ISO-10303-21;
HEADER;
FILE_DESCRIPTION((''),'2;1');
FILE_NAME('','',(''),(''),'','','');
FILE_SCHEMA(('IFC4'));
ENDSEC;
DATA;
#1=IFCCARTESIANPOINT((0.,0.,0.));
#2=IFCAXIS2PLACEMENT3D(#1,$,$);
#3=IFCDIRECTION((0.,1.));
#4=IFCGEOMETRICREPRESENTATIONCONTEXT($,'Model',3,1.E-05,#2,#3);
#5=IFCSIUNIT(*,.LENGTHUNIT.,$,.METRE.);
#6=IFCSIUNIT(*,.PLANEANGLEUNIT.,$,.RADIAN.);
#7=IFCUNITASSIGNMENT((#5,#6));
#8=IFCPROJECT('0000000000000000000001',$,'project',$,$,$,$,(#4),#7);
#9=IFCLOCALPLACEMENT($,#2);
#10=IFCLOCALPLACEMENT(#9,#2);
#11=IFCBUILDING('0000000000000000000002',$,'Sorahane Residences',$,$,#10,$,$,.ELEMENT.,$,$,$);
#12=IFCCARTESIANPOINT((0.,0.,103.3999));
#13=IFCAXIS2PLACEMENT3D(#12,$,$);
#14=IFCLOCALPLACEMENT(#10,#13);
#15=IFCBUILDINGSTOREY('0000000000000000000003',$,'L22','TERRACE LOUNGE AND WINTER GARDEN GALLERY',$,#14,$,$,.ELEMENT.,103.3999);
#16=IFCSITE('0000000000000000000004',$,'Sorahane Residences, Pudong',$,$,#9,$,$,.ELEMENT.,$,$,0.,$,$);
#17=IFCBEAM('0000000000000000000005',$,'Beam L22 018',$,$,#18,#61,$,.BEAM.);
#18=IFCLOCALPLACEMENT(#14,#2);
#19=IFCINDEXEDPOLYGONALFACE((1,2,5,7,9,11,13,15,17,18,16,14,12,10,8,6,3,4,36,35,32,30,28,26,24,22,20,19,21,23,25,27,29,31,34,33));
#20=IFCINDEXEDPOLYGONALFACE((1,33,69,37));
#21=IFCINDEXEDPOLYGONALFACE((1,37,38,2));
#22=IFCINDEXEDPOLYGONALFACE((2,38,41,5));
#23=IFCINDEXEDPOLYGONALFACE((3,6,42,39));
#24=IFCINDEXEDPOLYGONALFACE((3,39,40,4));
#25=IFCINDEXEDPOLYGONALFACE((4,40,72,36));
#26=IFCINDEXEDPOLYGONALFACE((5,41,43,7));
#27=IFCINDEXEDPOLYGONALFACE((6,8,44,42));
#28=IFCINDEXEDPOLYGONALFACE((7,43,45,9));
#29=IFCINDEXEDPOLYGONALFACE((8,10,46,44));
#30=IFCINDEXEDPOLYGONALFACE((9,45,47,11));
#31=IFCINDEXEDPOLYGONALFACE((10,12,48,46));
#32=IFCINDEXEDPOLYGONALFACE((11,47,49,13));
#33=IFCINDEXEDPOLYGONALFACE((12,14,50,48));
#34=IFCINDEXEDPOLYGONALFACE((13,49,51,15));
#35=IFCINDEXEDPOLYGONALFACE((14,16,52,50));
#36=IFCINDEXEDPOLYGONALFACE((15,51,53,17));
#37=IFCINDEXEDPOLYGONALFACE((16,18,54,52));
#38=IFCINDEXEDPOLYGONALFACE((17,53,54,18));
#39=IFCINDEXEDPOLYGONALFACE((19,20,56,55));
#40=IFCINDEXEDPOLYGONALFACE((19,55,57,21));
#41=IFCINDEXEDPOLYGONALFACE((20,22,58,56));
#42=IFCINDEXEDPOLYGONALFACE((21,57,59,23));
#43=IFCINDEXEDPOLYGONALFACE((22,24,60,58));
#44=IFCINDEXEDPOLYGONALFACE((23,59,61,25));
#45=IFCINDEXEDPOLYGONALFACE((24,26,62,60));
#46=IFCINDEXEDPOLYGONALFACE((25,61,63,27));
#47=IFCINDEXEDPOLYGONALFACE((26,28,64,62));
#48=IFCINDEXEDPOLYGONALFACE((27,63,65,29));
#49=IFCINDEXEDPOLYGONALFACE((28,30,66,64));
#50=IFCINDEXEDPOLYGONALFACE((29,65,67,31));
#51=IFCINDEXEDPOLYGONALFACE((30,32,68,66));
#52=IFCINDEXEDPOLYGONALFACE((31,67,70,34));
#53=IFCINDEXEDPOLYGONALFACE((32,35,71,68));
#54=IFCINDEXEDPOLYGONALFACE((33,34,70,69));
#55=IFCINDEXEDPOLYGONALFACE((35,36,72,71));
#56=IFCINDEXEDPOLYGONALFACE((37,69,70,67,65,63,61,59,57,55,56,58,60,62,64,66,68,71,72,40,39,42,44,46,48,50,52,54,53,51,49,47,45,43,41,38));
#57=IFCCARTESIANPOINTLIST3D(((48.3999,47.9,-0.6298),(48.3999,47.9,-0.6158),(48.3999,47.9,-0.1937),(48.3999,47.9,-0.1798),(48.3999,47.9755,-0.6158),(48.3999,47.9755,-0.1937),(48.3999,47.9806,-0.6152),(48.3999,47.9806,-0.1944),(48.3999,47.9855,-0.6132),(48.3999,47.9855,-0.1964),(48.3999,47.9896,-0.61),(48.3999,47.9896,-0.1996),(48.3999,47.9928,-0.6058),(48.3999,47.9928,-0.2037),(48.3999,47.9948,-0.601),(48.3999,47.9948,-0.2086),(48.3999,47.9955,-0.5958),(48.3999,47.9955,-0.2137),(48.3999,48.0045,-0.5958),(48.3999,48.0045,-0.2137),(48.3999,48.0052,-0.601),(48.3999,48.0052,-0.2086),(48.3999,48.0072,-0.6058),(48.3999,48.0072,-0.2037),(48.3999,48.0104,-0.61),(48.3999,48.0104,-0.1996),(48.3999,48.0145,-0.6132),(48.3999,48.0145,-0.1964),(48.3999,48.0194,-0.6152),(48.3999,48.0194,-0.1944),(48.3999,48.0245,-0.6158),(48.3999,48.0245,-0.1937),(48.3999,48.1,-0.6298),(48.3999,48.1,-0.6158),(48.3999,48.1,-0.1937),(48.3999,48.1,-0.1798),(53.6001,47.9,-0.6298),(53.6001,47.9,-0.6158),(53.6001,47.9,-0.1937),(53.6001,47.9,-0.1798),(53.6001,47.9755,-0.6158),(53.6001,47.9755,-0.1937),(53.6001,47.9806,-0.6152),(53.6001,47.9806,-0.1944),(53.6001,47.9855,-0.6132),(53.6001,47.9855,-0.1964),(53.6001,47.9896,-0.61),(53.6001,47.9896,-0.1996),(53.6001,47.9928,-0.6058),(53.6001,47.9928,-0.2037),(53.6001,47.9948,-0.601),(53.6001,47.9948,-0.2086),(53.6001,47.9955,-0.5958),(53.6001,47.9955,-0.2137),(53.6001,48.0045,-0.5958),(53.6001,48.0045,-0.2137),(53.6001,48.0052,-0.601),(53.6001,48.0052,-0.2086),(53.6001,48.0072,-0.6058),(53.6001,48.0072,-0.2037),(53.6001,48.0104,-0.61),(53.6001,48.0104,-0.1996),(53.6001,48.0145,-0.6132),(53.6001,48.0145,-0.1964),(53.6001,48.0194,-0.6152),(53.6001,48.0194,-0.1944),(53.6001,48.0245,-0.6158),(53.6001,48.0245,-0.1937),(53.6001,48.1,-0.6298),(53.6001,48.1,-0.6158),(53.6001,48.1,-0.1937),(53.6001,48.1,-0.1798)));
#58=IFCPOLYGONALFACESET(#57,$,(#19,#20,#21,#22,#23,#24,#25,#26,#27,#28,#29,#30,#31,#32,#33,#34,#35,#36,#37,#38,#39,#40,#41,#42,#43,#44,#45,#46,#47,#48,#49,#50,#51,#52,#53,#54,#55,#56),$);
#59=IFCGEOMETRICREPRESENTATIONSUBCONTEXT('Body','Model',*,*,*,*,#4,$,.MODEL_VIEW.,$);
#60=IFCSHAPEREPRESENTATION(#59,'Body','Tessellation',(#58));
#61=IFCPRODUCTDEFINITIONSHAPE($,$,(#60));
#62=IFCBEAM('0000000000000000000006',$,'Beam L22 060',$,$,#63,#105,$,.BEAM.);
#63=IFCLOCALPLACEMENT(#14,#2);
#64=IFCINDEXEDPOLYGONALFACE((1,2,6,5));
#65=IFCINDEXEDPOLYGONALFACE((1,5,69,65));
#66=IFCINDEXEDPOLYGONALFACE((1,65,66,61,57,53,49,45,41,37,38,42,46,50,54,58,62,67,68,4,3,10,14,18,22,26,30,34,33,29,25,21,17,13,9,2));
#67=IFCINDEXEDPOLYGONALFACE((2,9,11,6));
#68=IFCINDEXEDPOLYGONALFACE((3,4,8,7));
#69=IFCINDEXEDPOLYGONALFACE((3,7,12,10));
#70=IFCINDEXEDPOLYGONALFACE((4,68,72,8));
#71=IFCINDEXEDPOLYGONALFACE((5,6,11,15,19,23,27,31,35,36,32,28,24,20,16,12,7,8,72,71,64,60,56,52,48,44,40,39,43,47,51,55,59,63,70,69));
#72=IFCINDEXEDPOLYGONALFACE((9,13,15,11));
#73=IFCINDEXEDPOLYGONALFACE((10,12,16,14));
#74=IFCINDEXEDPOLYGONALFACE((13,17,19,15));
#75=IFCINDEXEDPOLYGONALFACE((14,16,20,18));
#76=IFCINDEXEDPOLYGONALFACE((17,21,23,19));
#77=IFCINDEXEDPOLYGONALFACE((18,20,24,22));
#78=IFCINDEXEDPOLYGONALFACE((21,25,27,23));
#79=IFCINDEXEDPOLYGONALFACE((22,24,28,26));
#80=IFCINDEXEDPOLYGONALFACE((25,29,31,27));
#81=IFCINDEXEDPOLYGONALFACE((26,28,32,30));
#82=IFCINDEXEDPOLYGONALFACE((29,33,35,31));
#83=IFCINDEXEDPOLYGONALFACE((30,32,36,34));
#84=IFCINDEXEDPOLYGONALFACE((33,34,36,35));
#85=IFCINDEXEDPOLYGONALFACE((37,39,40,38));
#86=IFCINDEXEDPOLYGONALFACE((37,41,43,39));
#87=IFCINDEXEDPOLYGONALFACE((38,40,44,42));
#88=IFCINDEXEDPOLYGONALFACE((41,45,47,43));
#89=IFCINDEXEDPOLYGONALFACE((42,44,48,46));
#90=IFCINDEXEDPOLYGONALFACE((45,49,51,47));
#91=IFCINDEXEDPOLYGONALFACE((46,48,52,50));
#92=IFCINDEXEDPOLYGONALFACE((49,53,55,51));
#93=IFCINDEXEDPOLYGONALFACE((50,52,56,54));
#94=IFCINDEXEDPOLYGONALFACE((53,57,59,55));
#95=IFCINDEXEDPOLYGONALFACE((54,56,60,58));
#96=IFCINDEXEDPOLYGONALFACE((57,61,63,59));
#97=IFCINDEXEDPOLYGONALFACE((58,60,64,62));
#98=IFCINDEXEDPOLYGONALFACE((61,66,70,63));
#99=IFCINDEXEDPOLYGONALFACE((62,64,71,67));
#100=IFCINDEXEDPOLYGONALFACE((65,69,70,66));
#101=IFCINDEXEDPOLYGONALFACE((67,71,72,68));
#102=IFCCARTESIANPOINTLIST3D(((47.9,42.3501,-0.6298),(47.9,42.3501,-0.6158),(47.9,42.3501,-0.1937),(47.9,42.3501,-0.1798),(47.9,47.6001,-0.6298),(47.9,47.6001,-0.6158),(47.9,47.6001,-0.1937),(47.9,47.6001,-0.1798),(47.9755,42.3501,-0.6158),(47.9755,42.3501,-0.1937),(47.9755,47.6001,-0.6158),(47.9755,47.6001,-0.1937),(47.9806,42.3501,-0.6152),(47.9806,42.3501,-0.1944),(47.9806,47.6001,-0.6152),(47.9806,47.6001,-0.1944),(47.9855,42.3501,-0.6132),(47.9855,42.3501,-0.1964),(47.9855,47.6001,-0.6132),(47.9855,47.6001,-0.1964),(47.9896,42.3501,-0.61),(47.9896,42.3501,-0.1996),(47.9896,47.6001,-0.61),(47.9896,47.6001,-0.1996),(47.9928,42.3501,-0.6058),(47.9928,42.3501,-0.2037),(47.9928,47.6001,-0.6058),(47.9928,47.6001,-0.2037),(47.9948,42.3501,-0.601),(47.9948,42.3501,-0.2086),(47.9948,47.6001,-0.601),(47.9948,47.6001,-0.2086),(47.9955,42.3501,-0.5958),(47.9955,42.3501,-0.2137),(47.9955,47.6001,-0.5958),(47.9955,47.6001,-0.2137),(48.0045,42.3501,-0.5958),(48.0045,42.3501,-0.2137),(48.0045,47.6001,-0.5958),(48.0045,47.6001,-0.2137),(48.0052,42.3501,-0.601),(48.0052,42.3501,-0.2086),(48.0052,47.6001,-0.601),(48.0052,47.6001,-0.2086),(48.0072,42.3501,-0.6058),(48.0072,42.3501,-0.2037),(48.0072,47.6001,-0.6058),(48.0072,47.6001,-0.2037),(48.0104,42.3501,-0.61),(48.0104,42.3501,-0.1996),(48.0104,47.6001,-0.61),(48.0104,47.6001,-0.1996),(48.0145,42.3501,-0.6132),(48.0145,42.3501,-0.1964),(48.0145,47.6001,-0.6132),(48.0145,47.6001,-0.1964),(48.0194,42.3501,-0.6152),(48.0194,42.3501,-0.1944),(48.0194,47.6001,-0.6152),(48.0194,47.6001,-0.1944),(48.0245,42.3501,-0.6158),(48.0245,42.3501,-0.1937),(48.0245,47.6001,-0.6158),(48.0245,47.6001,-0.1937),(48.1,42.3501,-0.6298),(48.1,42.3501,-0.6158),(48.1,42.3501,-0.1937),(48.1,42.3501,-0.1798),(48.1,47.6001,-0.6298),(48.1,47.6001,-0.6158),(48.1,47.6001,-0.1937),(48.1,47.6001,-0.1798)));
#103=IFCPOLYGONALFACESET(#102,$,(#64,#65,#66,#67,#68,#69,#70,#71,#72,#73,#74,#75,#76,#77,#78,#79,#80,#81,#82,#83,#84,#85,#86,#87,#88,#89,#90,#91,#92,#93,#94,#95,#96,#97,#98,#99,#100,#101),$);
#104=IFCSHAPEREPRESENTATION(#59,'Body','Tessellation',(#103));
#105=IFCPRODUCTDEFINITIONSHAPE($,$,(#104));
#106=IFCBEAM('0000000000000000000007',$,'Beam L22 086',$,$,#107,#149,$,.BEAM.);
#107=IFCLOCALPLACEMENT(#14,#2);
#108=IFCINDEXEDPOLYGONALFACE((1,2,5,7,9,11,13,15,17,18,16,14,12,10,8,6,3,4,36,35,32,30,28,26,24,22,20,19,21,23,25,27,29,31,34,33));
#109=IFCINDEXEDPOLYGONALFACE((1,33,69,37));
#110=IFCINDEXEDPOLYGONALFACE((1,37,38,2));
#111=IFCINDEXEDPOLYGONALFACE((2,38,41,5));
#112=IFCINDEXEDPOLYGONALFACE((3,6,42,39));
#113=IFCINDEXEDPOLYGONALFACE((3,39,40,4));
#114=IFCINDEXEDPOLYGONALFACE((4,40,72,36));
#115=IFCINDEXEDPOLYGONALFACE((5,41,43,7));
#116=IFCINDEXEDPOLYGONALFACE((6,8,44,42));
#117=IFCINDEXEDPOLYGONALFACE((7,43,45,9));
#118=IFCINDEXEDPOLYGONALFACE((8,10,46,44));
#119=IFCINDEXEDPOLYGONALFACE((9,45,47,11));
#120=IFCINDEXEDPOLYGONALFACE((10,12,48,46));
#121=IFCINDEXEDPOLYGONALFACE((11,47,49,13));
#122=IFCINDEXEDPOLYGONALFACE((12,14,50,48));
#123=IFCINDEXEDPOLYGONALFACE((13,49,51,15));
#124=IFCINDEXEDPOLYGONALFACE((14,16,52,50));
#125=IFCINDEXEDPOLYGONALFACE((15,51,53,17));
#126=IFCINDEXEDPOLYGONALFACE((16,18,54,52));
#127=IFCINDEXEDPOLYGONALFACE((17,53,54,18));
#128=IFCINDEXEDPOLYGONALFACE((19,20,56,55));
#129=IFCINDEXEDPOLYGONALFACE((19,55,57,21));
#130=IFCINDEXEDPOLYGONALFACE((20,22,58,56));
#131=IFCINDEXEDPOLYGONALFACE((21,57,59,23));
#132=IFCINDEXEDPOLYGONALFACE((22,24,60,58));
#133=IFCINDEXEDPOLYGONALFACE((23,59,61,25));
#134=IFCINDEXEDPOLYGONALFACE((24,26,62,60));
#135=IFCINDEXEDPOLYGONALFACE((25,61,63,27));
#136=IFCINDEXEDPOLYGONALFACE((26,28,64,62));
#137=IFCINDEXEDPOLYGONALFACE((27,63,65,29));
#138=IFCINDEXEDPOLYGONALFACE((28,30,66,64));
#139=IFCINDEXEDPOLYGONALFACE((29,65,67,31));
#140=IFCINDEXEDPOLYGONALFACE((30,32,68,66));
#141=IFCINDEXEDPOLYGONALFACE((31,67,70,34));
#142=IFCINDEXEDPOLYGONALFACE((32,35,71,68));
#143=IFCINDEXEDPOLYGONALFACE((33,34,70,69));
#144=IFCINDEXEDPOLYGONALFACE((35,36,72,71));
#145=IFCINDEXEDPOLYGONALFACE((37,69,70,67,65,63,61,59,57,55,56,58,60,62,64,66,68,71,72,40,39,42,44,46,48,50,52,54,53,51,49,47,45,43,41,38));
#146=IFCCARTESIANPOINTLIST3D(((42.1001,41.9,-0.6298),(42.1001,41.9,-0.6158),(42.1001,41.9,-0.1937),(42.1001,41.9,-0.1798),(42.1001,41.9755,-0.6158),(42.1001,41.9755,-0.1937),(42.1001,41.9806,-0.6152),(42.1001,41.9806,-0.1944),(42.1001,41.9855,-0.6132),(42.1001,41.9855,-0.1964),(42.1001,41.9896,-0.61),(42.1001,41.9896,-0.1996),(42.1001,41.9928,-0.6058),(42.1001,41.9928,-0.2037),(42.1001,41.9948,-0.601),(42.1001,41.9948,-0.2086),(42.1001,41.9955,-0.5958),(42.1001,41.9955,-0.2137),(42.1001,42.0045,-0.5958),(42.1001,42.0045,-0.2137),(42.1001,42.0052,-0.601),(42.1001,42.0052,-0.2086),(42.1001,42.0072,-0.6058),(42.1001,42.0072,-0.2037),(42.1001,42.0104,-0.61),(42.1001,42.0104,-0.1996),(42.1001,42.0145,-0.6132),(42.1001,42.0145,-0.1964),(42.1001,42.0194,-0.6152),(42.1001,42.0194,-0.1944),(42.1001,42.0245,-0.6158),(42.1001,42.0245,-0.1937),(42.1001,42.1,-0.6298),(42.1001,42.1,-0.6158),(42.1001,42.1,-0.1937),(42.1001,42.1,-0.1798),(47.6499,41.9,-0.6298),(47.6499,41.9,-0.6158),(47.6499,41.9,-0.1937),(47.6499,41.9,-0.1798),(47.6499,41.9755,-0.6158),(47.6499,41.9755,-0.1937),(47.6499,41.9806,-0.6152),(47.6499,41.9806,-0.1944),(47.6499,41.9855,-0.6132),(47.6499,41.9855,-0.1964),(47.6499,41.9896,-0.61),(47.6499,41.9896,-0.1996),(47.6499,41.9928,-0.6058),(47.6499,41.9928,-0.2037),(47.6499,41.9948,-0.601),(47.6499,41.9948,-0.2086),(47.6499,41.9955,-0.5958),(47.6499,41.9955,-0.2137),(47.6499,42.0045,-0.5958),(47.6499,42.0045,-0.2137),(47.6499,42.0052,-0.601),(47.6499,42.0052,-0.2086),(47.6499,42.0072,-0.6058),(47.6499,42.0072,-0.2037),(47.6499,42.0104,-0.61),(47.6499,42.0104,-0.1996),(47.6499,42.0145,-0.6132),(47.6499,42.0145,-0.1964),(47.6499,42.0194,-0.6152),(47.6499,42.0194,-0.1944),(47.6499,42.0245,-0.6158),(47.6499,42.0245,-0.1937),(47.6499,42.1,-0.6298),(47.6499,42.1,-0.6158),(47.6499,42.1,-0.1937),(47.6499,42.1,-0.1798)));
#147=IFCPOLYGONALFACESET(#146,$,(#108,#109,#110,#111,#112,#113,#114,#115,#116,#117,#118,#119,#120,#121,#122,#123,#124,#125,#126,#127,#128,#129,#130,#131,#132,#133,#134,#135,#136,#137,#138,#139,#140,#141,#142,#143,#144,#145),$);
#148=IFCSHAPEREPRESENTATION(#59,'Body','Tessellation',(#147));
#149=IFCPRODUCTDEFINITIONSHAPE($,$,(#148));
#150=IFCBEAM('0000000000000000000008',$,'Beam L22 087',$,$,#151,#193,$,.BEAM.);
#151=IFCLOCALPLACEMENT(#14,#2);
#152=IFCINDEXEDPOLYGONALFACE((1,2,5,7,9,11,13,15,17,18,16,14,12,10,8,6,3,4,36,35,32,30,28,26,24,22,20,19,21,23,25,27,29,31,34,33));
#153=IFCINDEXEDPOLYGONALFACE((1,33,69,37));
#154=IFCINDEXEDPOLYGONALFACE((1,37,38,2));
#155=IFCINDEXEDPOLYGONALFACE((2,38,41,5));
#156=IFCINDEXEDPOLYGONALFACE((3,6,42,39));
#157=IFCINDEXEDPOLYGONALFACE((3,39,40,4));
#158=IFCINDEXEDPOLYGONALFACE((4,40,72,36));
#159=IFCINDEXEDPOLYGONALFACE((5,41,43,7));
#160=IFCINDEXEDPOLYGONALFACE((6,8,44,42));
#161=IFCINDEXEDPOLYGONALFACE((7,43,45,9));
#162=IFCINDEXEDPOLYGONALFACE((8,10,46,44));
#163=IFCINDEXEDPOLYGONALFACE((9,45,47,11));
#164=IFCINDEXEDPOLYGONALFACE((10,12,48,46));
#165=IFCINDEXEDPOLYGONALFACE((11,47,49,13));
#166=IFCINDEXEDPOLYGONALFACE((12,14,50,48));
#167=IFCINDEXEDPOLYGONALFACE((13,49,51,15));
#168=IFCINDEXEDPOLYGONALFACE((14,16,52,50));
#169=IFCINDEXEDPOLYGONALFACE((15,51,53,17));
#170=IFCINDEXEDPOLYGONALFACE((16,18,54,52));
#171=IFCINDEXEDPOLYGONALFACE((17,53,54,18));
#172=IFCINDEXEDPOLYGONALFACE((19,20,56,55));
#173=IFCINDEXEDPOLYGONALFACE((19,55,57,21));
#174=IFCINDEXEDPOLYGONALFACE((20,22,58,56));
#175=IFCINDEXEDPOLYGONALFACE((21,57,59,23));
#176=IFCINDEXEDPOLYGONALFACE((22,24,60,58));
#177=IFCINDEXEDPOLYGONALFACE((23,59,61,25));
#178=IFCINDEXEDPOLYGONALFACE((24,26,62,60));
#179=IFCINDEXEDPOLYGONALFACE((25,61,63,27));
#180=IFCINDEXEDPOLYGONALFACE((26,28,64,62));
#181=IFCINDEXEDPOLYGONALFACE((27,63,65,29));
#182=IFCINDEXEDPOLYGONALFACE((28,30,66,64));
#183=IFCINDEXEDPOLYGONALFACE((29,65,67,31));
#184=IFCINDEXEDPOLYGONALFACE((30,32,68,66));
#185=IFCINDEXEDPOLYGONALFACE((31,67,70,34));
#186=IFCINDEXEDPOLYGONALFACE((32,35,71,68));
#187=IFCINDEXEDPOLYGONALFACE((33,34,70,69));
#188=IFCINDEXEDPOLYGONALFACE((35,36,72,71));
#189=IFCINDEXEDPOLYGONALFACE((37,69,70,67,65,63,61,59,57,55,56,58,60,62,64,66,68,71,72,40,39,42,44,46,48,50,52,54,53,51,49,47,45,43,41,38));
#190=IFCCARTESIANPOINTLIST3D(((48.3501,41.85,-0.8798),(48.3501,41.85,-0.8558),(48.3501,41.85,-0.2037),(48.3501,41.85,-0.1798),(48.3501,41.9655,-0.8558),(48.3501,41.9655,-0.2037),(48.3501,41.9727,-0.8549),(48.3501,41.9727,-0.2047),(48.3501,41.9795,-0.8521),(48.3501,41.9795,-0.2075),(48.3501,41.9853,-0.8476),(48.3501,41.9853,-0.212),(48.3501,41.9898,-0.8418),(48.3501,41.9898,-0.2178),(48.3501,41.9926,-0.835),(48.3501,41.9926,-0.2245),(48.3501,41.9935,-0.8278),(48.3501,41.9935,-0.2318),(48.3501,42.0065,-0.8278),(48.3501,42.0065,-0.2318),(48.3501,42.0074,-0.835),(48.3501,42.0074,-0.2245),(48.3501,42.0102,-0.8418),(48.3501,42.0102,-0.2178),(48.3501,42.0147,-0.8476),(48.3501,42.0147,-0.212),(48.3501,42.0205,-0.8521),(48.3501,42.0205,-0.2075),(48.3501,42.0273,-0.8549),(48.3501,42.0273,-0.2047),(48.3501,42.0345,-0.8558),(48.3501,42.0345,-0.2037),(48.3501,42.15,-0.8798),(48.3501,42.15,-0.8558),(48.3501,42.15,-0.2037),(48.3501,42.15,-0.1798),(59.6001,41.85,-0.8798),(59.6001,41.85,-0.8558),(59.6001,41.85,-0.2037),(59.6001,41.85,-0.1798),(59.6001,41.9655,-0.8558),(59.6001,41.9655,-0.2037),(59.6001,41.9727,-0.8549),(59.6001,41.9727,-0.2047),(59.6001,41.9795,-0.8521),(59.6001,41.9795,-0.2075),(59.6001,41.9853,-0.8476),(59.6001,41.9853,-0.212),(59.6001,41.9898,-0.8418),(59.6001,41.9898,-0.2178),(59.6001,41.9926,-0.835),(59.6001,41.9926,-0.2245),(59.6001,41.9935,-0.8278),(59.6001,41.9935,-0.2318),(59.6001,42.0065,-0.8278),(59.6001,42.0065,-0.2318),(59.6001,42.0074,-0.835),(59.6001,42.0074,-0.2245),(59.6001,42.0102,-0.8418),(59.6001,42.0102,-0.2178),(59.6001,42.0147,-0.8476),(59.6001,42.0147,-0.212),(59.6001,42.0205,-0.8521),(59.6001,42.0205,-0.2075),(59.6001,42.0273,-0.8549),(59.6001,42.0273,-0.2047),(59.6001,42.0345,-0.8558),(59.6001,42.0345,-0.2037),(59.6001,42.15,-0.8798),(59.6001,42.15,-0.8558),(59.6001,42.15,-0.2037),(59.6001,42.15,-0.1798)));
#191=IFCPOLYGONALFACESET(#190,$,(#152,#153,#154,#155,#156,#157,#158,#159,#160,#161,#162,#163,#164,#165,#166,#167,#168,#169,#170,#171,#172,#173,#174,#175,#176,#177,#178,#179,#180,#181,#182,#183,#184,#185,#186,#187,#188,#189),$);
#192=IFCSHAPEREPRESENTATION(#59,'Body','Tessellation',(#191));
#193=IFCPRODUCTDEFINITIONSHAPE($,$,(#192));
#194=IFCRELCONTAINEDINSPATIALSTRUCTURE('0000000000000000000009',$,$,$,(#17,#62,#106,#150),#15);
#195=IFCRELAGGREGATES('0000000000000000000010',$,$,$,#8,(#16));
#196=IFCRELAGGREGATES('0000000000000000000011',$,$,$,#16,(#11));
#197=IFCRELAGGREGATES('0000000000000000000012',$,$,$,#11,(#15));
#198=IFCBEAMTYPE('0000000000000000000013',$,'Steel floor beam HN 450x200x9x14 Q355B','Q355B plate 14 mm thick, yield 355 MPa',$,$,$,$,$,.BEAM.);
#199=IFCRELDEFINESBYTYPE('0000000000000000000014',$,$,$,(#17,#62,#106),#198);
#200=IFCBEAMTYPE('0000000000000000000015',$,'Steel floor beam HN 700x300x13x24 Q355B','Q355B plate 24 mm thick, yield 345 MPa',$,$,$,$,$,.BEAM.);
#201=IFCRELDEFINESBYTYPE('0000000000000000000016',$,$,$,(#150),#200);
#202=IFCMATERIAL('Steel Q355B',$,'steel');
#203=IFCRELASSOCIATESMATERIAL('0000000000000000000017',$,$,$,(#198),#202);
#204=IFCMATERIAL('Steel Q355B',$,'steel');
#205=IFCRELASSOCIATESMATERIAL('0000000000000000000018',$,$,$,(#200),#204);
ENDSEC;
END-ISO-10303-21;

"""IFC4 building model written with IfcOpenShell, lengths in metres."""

from ifc_helpers import new_model, si_unit, direction, frame, origin, origin_2d, place, context, subcontext, project, spatial, i_section, extrude, material, material_profile, profile_set, type_object, element, save


model = new_model("IFC4")

# Units and contexts
model_context = context("Model", 3, precision=1e-05, world=origin(), true_north=direction((0.0, 1.0)))
body_context = subcontext(model_context, "Body", "Model", "MODEL_VIEW")
ifc_project = project(units=[si_unit("LENGTHUNIT", "METRE"), si_unit("PLANEANGLEUNIT", "RADIAN")], contexts=[model_context])

# Site, building, storey
site_placement = place(None, origin())
site = spatial("IfcSite", under=ifc_project, at=site_placement, Name="Sorahane Residences, Pudong", CompositionType="ELEMENT", RefElevation=0.0)
building_placement = place(site_placement, origin())
building = spatial("IfcBuilding", under=site, at=building_placement, Name="Sorahane Residences", CompositionType="ELEMENT")
storey_placement = place(building_placement, frame((0.0, 0.0, 103.3999)))
storey = spatial("IfcBuildingStorey", under=building, at=storey_placement, Name="L22", Description="TERRACE LOUNGE AND WINTER GARDEN GALLERY", CompositionType="ELEMENT", Elevation=103.3999)

# Beams
ifc_material_1 = material(Name="Steel Q355B", Category="steel")
ifc_material_profile_1 = material_profile(ifc_material_1, i_section(OverallWidth=0.2, OverallDepth=0.45, WebThickness=0.009, FlangeThickness=0.0139, FilletRadius=0.02, at=origin_2d()), Name="HN 450x200x9x14")
ifc_profile_set_1 = profile_set([ifc_material_profile_1], Name="Steel Q355B")
beam_type_1 = type_object("IfcBeamType", Name="Steel floor beam HN 450x200x9x14 Q355B", Description="Q355B plate 14 mm thick, yield 355 MPa", PredefinedType="BEAM", material=ifc_profile_set_1)
beam_1_placement = place(storey_placement, frame((48.3999, 48.0, -0.4048), z_axis=(1.0, 0.0, 0.0), x_axis=(0.0, 1.0, 0.0)))
element("IfcBeam", 1, at=beam_1_placement, inside=storey, type_object=beam_type_1, Name="Beam L22 018", PredefinedType="BEAM", context=body_context, shape_type="SweptSolid", body=[
    extrude(i_section(OverallWidth=0.2, OverallDepth=0.45, WebThickness=0.009, FlangeThickness=0.0139, FilletRadius=0.02, at=origin_2d()), origin(), (0.0, 0.0, 1.0), 5.2002),
])
beam_2_placement = place(storey_placement, frame((48.0, 42.3501, -0.4048), z_axis=(0.0, 1.0, 0.0), x_axis=(-1.0, 0.0, 0.0)))
element("IfcBeam", 2, at=beam_2_placement, inside=storey, type_object=beam_type_1, Name="Beam L22 060", PredefinedType="BEAM", context=body_context, shape_type="SweptSolid", body=[
    extrude(i_section(OverallWidth=0.2, OverallDepth=0.45, WebThickness=0.009, FlangeThickness=0.0139, FilletRadius=0.02, at=origin_2d()), origin(), (0.0, 0.0, 1.0), 5.25),
])
beam_3_placement = place(storey_placement, frame((42.1001, 42.0, -0.4048), z_axis=(1.0, 0.0, 0.0), x_axis=(0.0, 1.0, 0.0)))
element("IfcBeam", 3, at=beam_3_placement, inside=storey, type_object=beam_type_1, Name="Beam L22 086", PredefinedType="BEAM", context=body_context, shape_type="SweptSolid", body=[
    extrude(i_section(OverallWidth=0.2, OverallDepth=0.45, WebThickness=0.009, FlangeThickness=0.0139, FilletRadius=0.02, at=origin_2d()), origin(), (0.0, 0.0, 1.0), 5.5498),
])
ifc_material_2 = material(Name="Steel Q355B", Category="steel")
ifc_material_profile_2 = material_profile(ifc_material_2, i_section(OverallWidth=0.3, OverallDepth=0.7, WebThickness=0.0129, FlangeThickness=0.0239, FilletRadius=0.0281, at=origin_2d()), Name="HN 700x300x13x24")
ifc_profile_set_2 = profile_set([ifc_material_profile_2], Name="Steel Q355B")
beam_type_2 = type_object("IfcBeamType", Name="Steel floor beam HN 700x300x13x24 Q355B", Description="Q355B plate 24 mm thick, yield 345 MPa", PredefinedType="BEAM", material=ifc_profile_set_2)
beam_4_placement = place(storey_placement, frame((48.3501, 42.0, -0.5298), z_axis=(1.0, 0.0, 0.0), x_axis=(0.0, 1.0, 0.0)))
element("IfcBeam", 4, at=beam_4_placement, inside=storey, type_object=beam_type_2, Name="Beam L22 087", PredefinedType="BEAM", context=body_context, shape_type="SweptSolid", body=[
    extrude(i_section(OverallWidth=0.3, OverallDepth=0.7, WebThickness=0.0129, FlangeThickness=0.0239, FilletRadius=0.0281, at=origin_2d()), origin(), (0.0, 0.0, 1.0), 11.25),
])

save(model, "model.ifc")
